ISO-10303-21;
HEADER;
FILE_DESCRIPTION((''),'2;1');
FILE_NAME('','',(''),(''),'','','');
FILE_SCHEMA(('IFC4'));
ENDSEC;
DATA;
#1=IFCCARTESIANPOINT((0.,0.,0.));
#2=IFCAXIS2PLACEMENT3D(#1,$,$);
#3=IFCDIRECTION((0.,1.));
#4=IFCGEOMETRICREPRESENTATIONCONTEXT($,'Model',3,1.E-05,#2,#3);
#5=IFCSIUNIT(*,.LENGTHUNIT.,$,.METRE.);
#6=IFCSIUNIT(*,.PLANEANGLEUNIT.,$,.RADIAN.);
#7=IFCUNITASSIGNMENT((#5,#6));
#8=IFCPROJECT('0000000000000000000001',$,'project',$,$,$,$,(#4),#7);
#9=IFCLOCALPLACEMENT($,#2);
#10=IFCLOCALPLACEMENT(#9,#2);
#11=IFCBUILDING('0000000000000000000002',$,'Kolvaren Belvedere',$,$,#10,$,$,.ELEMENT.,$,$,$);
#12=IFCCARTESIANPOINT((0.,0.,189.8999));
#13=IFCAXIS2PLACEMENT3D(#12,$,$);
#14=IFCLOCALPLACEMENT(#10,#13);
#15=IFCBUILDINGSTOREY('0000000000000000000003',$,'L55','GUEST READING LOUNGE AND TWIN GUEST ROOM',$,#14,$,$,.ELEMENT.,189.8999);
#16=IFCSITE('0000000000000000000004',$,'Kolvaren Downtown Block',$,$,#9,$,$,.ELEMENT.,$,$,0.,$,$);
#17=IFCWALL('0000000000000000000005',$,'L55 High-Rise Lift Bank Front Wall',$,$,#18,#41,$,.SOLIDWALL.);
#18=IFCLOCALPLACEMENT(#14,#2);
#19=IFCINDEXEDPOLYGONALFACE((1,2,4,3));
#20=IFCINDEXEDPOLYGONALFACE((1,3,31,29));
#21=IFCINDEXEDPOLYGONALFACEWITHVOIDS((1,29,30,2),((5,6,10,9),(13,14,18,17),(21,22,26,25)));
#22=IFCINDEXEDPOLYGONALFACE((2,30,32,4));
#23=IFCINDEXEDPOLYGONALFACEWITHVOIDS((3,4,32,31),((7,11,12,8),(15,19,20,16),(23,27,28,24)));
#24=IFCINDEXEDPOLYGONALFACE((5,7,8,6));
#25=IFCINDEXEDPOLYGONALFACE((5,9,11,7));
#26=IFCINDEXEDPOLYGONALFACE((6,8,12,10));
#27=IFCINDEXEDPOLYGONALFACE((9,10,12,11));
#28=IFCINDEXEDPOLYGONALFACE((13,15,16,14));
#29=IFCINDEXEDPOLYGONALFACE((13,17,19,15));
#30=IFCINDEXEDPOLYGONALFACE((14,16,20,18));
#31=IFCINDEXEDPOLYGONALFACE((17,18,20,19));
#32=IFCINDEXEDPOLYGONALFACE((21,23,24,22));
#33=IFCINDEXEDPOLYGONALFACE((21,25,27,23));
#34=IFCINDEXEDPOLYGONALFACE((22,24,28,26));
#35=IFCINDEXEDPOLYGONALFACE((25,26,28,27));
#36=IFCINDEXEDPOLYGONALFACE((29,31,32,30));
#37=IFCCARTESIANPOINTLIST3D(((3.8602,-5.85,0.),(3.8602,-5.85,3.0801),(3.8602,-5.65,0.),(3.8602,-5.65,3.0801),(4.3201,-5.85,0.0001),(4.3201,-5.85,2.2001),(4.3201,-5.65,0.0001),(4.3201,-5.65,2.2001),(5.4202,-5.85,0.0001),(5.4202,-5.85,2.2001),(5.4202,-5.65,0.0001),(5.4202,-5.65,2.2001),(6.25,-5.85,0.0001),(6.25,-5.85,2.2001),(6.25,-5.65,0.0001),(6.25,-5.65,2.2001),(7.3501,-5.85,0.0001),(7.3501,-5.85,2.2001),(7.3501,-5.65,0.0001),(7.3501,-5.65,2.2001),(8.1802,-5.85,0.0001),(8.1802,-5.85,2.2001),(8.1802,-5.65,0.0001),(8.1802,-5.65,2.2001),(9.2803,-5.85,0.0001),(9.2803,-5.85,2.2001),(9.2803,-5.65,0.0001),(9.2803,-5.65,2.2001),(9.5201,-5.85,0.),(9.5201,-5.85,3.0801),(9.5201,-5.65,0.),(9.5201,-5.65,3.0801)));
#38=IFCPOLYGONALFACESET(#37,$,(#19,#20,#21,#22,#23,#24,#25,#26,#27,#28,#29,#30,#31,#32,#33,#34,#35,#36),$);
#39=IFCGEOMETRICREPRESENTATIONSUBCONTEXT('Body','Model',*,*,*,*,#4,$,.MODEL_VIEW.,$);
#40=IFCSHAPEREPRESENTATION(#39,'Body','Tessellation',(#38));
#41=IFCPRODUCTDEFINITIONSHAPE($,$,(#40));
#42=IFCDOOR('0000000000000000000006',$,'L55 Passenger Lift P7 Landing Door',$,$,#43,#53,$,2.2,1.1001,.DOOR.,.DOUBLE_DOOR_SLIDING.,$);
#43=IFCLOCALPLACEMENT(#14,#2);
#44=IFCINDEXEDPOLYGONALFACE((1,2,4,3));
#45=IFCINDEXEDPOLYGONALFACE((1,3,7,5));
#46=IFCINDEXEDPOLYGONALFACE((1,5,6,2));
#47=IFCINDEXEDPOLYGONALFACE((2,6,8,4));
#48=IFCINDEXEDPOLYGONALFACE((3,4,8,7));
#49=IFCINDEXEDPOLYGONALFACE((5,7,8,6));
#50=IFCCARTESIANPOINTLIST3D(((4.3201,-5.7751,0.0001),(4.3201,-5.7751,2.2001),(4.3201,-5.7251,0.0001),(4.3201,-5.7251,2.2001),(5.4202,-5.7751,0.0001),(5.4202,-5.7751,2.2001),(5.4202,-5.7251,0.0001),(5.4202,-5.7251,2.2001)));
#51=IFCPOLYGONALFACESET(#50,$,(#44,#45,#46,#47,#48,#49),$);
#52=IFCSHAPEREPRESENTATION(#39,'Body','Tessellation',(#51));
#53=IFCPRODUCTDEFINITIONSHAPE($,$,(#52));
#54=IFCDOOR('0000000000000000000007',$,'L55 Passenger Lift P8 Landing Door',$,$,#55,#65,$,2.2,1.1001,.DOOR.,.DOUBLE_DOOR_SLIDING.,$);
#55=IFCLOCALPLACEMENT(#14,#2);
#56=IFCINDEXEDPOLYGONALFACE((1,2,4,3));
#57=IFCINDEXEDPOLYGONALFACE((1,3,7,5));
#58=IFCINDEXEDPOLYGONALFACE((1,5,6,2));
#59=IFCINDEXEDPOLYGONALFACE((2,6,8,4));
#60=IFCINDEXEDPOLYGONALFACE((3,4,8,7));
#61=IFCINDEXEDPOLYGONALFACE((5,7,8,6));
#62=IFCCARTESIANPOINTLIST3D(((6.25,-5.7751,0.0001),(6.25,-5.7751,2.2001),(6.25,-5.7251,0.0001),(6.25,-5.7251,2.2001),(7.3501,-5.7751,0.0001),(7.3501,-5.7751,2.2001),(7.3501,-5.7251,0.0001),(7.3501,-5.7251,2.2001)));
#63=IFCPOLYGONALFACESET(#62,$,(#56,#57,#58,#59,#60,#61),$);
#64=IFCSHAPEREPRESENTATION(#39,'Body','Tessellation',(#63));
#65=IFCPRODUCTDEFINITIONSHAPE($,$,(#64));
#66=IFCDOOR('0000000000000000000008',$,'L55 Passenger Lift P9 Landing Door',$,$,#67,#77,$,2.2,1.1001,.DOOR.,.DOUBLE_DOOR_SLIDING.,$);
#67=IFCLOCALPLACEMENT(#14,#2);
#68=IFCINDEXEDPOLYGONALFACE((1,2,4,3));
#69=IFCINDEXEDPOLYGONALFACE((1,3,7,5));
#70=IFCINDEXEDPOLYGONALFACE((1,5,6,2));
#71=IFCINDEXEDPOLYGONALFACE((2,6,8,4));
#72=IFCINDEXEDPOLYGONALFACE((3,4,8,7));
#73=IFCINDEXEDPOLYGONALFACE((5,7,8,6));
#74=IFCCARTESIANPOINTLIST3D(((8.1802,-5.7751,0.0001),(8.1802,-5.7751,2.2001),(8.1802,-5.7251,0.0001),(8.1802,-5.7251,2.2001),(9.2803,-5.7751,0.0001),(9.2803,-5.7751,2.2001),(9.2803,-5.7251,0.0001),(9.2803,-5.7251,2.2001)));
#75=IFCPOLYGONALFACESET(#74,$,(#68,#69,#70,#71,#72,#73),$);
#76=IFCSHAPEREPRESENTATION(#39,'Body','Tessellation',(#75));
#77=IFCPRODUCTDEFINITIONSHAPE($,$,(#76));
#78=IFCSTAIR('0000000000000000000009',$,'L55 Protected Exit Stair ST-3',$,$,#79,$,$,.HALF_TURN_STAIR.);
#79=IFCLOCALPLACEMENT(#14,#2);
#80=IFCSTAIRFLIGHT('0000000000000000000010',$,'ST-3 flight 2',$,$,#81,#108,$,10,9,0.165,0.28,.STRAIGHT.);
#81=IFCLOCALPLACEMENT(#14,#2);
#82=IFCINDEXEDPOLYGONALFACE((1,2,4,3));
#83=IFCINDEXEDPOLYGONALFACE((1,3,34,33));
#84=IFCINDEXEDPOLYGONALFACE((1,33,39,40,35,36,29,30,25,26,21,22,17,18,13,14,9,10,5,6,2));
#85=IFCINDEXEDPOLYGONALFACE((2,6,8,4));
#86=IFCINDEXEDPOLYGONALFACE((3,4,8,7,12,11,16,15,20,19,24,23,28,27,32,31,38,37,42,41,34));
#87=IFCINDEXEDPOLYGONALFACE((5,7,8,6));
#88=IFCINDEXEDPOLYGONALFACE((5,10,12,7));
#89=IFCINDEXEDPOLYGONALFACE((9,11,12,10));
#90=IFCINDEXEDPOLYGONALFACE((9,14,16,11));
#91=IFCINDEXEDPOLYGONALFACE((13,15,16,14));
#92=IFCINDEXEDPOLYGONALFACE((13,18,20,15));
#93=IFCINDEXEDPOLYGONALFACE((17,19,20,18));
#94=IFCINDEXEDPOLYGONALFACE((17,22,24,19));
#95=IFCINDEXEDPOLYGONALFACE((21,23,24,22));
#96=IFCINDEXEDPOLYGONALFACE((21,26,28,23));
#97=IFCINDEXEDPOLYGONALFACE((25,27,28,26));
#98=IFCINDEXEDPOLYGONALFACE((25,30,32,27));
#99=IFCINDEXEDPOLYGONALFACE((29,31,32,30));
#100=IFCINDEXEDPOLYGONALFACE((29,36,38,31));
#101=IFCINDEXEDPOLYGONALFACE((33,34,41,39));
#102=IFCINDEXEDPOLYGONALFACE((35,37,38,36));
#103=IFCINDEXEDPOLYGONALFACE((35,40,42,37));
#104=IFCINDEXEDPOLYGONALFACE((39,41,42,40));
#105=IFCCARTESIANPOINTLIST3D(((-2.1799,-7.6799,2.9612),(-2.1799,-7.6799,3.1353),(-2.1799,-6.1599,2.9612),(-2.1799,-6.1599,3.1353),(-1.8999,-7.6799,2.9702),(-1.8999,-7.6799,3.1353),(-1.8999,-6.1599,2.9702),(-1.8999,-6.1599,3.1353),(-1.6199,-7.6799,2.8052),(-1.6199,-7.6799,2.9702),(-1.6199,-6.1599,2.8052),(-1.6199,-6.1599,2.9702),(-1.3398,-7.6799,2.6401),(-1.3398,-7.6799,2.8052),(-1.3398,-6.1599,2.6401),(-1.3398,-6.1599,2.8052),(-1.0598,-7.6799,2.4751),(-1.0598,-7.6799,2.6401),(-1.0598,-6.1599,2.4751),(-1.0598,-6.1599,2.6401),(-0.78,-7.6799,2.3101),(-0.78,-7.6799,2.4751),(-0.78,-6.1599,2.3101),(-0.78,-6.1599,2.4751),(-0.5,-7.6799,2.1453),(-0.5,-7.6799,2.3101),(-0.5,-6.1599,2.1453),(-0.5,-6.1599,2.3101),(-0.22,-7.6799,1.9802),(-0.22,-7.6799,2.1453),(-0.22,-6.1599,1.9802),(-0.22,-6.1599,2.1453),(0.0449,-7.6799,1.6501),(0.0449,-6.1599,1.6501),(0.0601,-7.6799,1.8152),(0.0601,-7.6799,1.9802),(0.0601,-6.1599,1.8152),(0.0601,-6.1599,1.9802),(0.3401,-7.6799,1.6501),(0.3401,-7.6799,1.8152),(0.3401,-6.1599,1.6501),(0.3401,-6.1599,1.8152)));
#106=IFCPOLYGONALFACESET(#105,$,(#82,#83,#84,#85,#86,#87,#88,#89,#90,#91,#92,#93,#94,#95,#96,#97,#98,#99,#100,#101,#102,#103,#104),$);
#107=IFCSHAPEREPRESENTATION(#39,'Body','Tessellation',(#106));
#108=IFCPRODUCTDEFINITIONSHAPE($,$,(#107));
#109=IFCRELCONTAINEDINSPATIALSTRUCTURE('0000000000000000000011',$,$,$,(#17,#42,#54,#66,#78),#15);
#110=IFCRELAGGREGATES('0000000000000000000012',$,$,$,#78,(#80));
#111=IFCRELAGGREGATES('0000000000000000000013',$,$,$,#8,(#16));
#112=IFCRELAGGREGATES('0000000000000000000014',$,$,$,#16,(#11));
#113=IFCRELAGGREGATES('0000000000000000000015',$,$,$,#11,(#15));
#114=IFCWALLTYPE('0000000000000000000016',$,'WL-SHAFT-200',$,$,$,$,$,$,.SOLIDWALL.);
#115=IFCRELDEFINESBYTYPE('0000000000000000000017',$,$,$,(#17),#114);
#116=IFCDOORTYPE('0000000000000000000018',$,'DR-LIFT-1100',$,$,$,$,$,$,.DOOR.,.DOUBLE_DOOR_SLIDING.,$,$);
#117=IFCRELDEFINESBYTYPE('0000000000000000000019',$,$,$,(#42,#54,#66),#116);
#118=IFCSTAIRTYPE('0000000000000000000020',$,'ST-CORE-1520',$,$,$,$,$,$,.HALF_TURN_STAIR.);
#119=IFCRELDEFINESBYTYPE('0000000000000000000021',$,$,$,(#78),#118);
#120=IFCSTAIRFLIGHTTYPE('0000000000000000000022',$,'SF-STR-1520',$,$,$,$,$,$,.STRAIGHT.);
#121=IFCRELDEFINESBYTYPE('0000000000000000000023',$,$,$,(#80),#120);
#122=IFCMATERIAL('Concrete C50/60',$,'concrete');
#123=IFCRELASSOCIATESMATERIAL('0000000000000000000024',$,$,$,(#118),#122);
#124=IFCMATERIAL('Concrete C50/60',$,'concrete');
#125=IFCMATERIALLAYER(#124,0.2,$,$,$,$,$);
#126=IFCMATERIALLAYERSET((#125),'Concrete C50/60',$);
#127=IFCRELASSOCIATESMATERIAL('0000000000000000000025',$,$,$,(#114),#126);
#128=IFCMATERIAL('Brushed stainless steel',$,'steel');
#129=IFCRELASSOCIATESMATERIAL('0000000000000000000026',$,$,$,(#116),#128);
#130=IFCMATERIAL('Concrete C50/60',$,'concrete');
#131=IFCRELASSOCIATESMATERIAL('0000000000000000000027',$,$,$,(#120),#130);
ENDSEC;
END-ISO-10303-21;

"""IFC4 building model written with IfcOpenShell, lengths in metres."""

from ifc_helpers import new_model, si_unit, direction, frame, frame_2d, origin, place, context, subcontext, project, spatial, polyline, rectangle, outline, extrude, material, layer, layer_set, type_object, element, fill, aggregate, save


model = new_model("IFC4")

# Units and contexts
model_context = context("Model", 3, precision=1e-05, world=origin(), true_north=direction((0.0, 1.0)))
body_context = subcontext(model_context, "Body", "Model", "MODEL_VIEW")
ifc_project = project(units=[si_unit("LENGTHUNIT", "METRE"), si_unit("PLANEANGLEUNIT", "RADIAN")], contexts=[model_context])

# Site, building, storey
site_placement = place(None, origin())
site = spatial("IfcSite", under=ifc_project, at=site_placement, Name="Kolvaren Downtown Block", CompositionType="ELEMENT", RefElevation=0.0)
building_placement = place(site_placement, origin())
building = spatial("IfcBuilding", under=site, at=building_placement, Name="Kolvaren Belvedere", CompositionType="ELEMENT")
storey_placement = place(building_placement, frame((0.0, 0.0, 189.8999)))
storey = spatial("IfcBuildingStorey", under=building, at=storey_placement, Name="L55", Description="GUEST READING LOUNGE AND TWIN GUEST ROOM", CompositionType="ELEMENT", Elevation=189.8999)

# Shared definitions
ifc_material_1 = material(Name="Concrete C50/60", Category="concrete")
stair_type = type_object("IfcStairType", Name="ST-CORE-1520", PredefinedType="HALF_TURN_STAIR", material=ifc_material_1)

# Shared definitions
ifc_material_2 = material(Name="Concrete C50/60", Category="concrete")
ifc_layer_1 = layer(ifc_material_2, 0.2)
ifc_layer_set_1 = layer_set([ifc_layer_1], Name="Concrete C50/60")
wall_type_1 = type_object("IfcWallType", Name="WL-SHAFT-200", PredefinedType="SOLIDWALL", material=ifc_layer_set_1)

# Wall, openings, doors
wall_1_placement = place(storey_placement, frame((3.8601, -5.75, 0.0), z_axis=(0.0, 0.0, 1.0), x_axis=(1.0, 0.0, 0.0)))
wall_1 = element("IfcWall", 1, at=wall_1_placement, inside=storey, type_object=wall_type_1, Name="L55 High-Rise Lift Bank Front Wall", PredefinedType="SOLIDWALL", context=body_context, shape_type="SweptSolid", body=[
    extrude(rectangle(XDim=5.6599, YDim=0.2, at=frame_2d((2.8301, 0.0))), origin(), (0.0, 0.0, 1.0), 3.0801),
])
opening_1_placement = place(wall_1_placement, frame((0.46, 0.0, 0.0)))
opening_1 = element("IfcOpeningElement", 2, at=opening_1_placement, cuts=wall_1, PredefinedType="OPENING", context=body_context, shape_type="SweptSolid", body=[
    extrude(rectangle(XDim=1.1001, YDim=2.2, at=frame_2d((0.55, 1.1001))), frame((0.0, 0.1099, 0.0), z_axis=(0.0, -1.0, 0.0), x_axis=(1.0, 0.0, 0.0)), (0.0, 0.0, 1.0), 0.22),
])
opening_2_placement = place(wall_1_placement, frame((2.3899, 0.0, 0.0)))
opening_2 = element("IfcOpeningElement", 3, at=opening_2_placement, cuts=wall_1, PredefinedType="OPENING", context=body_context, shape_type="SweptSolid", body=[
    extrude(rectangle(XDim=1.1001, YDim=2.2, at=frame_2d((0.55, 1.1001))), frame((0.0, 0.1099, 0.0), z_axis=(0.0, -1.0, 0.0), x_axis=(1.0, 0.0, 0.0)), (0.0, 0.0, 1.0), 0.22),
])
opening_3_placement = place(wall_1_placement, frame((4.3201, 0.0, 0.0)))
opening_3 = element("IfcOpeningElement", 4, at=opening_3_placement, cuts=wall_1, PredefinedType="OPENING", context=body_context, shape_type="SweptSolid", body=[
    extrude(rectangle(XDim=1.1001, YDim=2.2, at=frame_2d((0.55, 1.1001))), frame((0.0, 0.1099, 0.0), z_axis=(0.0, -1.0, 0.0), x_axis=(1.0, 0.0, 0.0)), (0.0, 0.0, 1.0), 0.22),
])
ifc_material_3 = material(Name="Brushed stainless steel", Category="steel")
door_type_1 = type_object("IfcDoorType", Name="DR-LIFT-1100", OperationType="DOUBLE_DOOR_SLIDING", PredefinedType="DOOR", material=ifc_material_3)
door_1_placement = place(opening_1_placement, origin())
door_1 = element("IfcDoor", 5, at=door_1_placement, inside=storey, type_object=door_type_1, Name="L55 Passenger Lift P7 Landing Door", OperationType="DOUBLE_DOOR_SLIDING", OverallHeight=2.2, OverallWidth=1.1001, PredefinedType="DOOR", context=body_context, shape_type="SweptSolid", body=[
    extrude(rectangle(XDim=1.1001, YDim=2.2, at=frame_2d((0.55, 1.1001))), frame((0.0, 0.0249, 0.0), z_axis=(0.0, -1.0, 0.0), x_axis=(1.0, 0.0, 0.0)), (0.0, 0.0, 1.0), 0.05),
])
fill(opening_1, door_1)
door_2_placement = place(opening_2_placement, origin())
door_2 = element("IfcDoor", 6, at=door_2_placement, inside=storey, type_object=door_type_1, Name="L55 Passenger Lift P8 Landing Door", OperationType="DOUBLE_DOOR_SLIDING", OverallHeight=2.2, OverallWidth=1.1001, PredefinedType="DOOR", context=body_context, shape_type="SweptSolid", body=[
    extrude(rectangle(XDim=1.1001, YDim=2.2, at=frame_2d((0.55, 1.1001))), frame((0.0, 0.0249, 0.0), z_axis=(0.0, -1.0, 0.0), x_axis=(1.0, 0.0, 0.0)), (0.0, 0.0, 1.0), 0.05),
])
fill(opening_2, door_2)
door_3_placement = place(opening_3_placement, origin())
door_3 = element("IfcDoor", 7, at=door_3_placement, inside=storey, type_object=door_type_1, Name="L55 Passenger Lift P9 Landing Door", OperationType="DOUBLE_DOOR_SLIDING", OverallHeight=2.2, OverallWidth=1.1001, PredefinedType="DOOR", context=body_context, shape_type="SweptSolid", body=[
    extrude(rectangle(XDim=1.1001, YDim=2.2, at=frame_2d((0.55, 1.1001))), frame((0.0, 0.0249, 0.0), z_axis=(0.0, -1.0, 0.0), x_axis=(1.0, 0.0, 0.0)), (0.0, 0.0, 1.0), 0.05),
])
fill(opening_3, door_3)

# Stair, stair flight
stair_1_placement = place(storey_placement, origin())
stair_1 = element("IfcStair", 8, at=stair_1_placement, inside=storey, type_object=stair_type, Name="L55 Protected Exit Stair ST-3", PredefinedType="HALF_TURN_STAIR")
ifc_material_4 = material(Name="Concrete C50/60", Category="concrete")
stair_flight_type = type_object("IfcStairFlightType", Name="SF-STR-1520", PredefinedType="STRAIGHT", material=ifc_material_4)
stair_flight_placement = place(storey_placement, frame((0.3401, -6.9199, 1.6501), z_axis=(0.0, 0.0, 1.0), x_axis=(-1.0, 0.0, 0.0)))
stair_flight = element("IfcStairFlight", 9, at=stair_flight_placement, type_object=stair_flight_type, Name="ST-3 flight 2", NumberOfRisers=10, NumberOfTreads=9, PredefinedType="STRAIGHT", RiserHeight=0.165, TreadLength=0.28, context=body_context, shape_type="SweptSolid", body=[
    extrude(outline(polyline([(0.0, 0.0), (0.0, 0.165), (0.28, 0.165), (0.28, 0.3301), (0.5601, 0.3301), (0.5601, 0.4951), (0.8401, 0.4951), (0.8401, 0.6599), (1.1201, 0.6599), (1.1201, 0.825), (1.3999, 0.825), (1.3999, 0.99), (1.6799, 0.99), (1.6799, 1.155), (1.96, 1.155), (1.96, 1.3201), (2.24, 1.3201), (2.24, 1.4851), (2.52, 1.4851), (2.52, 1.6499), (2.52, 1.311), (0.2952, 0.0), (0.0, 0.0)])), frame((0.0, 0.76, 0.0), z_axis=(0.0, -1.0, 0.0), x_axis=(1.0, 0.0, 0.0)), (0.0, 0.0, 1.0), 1.52),
])
aggregate(stair_1, [stair_flight])

save(model, "model.ifc")
